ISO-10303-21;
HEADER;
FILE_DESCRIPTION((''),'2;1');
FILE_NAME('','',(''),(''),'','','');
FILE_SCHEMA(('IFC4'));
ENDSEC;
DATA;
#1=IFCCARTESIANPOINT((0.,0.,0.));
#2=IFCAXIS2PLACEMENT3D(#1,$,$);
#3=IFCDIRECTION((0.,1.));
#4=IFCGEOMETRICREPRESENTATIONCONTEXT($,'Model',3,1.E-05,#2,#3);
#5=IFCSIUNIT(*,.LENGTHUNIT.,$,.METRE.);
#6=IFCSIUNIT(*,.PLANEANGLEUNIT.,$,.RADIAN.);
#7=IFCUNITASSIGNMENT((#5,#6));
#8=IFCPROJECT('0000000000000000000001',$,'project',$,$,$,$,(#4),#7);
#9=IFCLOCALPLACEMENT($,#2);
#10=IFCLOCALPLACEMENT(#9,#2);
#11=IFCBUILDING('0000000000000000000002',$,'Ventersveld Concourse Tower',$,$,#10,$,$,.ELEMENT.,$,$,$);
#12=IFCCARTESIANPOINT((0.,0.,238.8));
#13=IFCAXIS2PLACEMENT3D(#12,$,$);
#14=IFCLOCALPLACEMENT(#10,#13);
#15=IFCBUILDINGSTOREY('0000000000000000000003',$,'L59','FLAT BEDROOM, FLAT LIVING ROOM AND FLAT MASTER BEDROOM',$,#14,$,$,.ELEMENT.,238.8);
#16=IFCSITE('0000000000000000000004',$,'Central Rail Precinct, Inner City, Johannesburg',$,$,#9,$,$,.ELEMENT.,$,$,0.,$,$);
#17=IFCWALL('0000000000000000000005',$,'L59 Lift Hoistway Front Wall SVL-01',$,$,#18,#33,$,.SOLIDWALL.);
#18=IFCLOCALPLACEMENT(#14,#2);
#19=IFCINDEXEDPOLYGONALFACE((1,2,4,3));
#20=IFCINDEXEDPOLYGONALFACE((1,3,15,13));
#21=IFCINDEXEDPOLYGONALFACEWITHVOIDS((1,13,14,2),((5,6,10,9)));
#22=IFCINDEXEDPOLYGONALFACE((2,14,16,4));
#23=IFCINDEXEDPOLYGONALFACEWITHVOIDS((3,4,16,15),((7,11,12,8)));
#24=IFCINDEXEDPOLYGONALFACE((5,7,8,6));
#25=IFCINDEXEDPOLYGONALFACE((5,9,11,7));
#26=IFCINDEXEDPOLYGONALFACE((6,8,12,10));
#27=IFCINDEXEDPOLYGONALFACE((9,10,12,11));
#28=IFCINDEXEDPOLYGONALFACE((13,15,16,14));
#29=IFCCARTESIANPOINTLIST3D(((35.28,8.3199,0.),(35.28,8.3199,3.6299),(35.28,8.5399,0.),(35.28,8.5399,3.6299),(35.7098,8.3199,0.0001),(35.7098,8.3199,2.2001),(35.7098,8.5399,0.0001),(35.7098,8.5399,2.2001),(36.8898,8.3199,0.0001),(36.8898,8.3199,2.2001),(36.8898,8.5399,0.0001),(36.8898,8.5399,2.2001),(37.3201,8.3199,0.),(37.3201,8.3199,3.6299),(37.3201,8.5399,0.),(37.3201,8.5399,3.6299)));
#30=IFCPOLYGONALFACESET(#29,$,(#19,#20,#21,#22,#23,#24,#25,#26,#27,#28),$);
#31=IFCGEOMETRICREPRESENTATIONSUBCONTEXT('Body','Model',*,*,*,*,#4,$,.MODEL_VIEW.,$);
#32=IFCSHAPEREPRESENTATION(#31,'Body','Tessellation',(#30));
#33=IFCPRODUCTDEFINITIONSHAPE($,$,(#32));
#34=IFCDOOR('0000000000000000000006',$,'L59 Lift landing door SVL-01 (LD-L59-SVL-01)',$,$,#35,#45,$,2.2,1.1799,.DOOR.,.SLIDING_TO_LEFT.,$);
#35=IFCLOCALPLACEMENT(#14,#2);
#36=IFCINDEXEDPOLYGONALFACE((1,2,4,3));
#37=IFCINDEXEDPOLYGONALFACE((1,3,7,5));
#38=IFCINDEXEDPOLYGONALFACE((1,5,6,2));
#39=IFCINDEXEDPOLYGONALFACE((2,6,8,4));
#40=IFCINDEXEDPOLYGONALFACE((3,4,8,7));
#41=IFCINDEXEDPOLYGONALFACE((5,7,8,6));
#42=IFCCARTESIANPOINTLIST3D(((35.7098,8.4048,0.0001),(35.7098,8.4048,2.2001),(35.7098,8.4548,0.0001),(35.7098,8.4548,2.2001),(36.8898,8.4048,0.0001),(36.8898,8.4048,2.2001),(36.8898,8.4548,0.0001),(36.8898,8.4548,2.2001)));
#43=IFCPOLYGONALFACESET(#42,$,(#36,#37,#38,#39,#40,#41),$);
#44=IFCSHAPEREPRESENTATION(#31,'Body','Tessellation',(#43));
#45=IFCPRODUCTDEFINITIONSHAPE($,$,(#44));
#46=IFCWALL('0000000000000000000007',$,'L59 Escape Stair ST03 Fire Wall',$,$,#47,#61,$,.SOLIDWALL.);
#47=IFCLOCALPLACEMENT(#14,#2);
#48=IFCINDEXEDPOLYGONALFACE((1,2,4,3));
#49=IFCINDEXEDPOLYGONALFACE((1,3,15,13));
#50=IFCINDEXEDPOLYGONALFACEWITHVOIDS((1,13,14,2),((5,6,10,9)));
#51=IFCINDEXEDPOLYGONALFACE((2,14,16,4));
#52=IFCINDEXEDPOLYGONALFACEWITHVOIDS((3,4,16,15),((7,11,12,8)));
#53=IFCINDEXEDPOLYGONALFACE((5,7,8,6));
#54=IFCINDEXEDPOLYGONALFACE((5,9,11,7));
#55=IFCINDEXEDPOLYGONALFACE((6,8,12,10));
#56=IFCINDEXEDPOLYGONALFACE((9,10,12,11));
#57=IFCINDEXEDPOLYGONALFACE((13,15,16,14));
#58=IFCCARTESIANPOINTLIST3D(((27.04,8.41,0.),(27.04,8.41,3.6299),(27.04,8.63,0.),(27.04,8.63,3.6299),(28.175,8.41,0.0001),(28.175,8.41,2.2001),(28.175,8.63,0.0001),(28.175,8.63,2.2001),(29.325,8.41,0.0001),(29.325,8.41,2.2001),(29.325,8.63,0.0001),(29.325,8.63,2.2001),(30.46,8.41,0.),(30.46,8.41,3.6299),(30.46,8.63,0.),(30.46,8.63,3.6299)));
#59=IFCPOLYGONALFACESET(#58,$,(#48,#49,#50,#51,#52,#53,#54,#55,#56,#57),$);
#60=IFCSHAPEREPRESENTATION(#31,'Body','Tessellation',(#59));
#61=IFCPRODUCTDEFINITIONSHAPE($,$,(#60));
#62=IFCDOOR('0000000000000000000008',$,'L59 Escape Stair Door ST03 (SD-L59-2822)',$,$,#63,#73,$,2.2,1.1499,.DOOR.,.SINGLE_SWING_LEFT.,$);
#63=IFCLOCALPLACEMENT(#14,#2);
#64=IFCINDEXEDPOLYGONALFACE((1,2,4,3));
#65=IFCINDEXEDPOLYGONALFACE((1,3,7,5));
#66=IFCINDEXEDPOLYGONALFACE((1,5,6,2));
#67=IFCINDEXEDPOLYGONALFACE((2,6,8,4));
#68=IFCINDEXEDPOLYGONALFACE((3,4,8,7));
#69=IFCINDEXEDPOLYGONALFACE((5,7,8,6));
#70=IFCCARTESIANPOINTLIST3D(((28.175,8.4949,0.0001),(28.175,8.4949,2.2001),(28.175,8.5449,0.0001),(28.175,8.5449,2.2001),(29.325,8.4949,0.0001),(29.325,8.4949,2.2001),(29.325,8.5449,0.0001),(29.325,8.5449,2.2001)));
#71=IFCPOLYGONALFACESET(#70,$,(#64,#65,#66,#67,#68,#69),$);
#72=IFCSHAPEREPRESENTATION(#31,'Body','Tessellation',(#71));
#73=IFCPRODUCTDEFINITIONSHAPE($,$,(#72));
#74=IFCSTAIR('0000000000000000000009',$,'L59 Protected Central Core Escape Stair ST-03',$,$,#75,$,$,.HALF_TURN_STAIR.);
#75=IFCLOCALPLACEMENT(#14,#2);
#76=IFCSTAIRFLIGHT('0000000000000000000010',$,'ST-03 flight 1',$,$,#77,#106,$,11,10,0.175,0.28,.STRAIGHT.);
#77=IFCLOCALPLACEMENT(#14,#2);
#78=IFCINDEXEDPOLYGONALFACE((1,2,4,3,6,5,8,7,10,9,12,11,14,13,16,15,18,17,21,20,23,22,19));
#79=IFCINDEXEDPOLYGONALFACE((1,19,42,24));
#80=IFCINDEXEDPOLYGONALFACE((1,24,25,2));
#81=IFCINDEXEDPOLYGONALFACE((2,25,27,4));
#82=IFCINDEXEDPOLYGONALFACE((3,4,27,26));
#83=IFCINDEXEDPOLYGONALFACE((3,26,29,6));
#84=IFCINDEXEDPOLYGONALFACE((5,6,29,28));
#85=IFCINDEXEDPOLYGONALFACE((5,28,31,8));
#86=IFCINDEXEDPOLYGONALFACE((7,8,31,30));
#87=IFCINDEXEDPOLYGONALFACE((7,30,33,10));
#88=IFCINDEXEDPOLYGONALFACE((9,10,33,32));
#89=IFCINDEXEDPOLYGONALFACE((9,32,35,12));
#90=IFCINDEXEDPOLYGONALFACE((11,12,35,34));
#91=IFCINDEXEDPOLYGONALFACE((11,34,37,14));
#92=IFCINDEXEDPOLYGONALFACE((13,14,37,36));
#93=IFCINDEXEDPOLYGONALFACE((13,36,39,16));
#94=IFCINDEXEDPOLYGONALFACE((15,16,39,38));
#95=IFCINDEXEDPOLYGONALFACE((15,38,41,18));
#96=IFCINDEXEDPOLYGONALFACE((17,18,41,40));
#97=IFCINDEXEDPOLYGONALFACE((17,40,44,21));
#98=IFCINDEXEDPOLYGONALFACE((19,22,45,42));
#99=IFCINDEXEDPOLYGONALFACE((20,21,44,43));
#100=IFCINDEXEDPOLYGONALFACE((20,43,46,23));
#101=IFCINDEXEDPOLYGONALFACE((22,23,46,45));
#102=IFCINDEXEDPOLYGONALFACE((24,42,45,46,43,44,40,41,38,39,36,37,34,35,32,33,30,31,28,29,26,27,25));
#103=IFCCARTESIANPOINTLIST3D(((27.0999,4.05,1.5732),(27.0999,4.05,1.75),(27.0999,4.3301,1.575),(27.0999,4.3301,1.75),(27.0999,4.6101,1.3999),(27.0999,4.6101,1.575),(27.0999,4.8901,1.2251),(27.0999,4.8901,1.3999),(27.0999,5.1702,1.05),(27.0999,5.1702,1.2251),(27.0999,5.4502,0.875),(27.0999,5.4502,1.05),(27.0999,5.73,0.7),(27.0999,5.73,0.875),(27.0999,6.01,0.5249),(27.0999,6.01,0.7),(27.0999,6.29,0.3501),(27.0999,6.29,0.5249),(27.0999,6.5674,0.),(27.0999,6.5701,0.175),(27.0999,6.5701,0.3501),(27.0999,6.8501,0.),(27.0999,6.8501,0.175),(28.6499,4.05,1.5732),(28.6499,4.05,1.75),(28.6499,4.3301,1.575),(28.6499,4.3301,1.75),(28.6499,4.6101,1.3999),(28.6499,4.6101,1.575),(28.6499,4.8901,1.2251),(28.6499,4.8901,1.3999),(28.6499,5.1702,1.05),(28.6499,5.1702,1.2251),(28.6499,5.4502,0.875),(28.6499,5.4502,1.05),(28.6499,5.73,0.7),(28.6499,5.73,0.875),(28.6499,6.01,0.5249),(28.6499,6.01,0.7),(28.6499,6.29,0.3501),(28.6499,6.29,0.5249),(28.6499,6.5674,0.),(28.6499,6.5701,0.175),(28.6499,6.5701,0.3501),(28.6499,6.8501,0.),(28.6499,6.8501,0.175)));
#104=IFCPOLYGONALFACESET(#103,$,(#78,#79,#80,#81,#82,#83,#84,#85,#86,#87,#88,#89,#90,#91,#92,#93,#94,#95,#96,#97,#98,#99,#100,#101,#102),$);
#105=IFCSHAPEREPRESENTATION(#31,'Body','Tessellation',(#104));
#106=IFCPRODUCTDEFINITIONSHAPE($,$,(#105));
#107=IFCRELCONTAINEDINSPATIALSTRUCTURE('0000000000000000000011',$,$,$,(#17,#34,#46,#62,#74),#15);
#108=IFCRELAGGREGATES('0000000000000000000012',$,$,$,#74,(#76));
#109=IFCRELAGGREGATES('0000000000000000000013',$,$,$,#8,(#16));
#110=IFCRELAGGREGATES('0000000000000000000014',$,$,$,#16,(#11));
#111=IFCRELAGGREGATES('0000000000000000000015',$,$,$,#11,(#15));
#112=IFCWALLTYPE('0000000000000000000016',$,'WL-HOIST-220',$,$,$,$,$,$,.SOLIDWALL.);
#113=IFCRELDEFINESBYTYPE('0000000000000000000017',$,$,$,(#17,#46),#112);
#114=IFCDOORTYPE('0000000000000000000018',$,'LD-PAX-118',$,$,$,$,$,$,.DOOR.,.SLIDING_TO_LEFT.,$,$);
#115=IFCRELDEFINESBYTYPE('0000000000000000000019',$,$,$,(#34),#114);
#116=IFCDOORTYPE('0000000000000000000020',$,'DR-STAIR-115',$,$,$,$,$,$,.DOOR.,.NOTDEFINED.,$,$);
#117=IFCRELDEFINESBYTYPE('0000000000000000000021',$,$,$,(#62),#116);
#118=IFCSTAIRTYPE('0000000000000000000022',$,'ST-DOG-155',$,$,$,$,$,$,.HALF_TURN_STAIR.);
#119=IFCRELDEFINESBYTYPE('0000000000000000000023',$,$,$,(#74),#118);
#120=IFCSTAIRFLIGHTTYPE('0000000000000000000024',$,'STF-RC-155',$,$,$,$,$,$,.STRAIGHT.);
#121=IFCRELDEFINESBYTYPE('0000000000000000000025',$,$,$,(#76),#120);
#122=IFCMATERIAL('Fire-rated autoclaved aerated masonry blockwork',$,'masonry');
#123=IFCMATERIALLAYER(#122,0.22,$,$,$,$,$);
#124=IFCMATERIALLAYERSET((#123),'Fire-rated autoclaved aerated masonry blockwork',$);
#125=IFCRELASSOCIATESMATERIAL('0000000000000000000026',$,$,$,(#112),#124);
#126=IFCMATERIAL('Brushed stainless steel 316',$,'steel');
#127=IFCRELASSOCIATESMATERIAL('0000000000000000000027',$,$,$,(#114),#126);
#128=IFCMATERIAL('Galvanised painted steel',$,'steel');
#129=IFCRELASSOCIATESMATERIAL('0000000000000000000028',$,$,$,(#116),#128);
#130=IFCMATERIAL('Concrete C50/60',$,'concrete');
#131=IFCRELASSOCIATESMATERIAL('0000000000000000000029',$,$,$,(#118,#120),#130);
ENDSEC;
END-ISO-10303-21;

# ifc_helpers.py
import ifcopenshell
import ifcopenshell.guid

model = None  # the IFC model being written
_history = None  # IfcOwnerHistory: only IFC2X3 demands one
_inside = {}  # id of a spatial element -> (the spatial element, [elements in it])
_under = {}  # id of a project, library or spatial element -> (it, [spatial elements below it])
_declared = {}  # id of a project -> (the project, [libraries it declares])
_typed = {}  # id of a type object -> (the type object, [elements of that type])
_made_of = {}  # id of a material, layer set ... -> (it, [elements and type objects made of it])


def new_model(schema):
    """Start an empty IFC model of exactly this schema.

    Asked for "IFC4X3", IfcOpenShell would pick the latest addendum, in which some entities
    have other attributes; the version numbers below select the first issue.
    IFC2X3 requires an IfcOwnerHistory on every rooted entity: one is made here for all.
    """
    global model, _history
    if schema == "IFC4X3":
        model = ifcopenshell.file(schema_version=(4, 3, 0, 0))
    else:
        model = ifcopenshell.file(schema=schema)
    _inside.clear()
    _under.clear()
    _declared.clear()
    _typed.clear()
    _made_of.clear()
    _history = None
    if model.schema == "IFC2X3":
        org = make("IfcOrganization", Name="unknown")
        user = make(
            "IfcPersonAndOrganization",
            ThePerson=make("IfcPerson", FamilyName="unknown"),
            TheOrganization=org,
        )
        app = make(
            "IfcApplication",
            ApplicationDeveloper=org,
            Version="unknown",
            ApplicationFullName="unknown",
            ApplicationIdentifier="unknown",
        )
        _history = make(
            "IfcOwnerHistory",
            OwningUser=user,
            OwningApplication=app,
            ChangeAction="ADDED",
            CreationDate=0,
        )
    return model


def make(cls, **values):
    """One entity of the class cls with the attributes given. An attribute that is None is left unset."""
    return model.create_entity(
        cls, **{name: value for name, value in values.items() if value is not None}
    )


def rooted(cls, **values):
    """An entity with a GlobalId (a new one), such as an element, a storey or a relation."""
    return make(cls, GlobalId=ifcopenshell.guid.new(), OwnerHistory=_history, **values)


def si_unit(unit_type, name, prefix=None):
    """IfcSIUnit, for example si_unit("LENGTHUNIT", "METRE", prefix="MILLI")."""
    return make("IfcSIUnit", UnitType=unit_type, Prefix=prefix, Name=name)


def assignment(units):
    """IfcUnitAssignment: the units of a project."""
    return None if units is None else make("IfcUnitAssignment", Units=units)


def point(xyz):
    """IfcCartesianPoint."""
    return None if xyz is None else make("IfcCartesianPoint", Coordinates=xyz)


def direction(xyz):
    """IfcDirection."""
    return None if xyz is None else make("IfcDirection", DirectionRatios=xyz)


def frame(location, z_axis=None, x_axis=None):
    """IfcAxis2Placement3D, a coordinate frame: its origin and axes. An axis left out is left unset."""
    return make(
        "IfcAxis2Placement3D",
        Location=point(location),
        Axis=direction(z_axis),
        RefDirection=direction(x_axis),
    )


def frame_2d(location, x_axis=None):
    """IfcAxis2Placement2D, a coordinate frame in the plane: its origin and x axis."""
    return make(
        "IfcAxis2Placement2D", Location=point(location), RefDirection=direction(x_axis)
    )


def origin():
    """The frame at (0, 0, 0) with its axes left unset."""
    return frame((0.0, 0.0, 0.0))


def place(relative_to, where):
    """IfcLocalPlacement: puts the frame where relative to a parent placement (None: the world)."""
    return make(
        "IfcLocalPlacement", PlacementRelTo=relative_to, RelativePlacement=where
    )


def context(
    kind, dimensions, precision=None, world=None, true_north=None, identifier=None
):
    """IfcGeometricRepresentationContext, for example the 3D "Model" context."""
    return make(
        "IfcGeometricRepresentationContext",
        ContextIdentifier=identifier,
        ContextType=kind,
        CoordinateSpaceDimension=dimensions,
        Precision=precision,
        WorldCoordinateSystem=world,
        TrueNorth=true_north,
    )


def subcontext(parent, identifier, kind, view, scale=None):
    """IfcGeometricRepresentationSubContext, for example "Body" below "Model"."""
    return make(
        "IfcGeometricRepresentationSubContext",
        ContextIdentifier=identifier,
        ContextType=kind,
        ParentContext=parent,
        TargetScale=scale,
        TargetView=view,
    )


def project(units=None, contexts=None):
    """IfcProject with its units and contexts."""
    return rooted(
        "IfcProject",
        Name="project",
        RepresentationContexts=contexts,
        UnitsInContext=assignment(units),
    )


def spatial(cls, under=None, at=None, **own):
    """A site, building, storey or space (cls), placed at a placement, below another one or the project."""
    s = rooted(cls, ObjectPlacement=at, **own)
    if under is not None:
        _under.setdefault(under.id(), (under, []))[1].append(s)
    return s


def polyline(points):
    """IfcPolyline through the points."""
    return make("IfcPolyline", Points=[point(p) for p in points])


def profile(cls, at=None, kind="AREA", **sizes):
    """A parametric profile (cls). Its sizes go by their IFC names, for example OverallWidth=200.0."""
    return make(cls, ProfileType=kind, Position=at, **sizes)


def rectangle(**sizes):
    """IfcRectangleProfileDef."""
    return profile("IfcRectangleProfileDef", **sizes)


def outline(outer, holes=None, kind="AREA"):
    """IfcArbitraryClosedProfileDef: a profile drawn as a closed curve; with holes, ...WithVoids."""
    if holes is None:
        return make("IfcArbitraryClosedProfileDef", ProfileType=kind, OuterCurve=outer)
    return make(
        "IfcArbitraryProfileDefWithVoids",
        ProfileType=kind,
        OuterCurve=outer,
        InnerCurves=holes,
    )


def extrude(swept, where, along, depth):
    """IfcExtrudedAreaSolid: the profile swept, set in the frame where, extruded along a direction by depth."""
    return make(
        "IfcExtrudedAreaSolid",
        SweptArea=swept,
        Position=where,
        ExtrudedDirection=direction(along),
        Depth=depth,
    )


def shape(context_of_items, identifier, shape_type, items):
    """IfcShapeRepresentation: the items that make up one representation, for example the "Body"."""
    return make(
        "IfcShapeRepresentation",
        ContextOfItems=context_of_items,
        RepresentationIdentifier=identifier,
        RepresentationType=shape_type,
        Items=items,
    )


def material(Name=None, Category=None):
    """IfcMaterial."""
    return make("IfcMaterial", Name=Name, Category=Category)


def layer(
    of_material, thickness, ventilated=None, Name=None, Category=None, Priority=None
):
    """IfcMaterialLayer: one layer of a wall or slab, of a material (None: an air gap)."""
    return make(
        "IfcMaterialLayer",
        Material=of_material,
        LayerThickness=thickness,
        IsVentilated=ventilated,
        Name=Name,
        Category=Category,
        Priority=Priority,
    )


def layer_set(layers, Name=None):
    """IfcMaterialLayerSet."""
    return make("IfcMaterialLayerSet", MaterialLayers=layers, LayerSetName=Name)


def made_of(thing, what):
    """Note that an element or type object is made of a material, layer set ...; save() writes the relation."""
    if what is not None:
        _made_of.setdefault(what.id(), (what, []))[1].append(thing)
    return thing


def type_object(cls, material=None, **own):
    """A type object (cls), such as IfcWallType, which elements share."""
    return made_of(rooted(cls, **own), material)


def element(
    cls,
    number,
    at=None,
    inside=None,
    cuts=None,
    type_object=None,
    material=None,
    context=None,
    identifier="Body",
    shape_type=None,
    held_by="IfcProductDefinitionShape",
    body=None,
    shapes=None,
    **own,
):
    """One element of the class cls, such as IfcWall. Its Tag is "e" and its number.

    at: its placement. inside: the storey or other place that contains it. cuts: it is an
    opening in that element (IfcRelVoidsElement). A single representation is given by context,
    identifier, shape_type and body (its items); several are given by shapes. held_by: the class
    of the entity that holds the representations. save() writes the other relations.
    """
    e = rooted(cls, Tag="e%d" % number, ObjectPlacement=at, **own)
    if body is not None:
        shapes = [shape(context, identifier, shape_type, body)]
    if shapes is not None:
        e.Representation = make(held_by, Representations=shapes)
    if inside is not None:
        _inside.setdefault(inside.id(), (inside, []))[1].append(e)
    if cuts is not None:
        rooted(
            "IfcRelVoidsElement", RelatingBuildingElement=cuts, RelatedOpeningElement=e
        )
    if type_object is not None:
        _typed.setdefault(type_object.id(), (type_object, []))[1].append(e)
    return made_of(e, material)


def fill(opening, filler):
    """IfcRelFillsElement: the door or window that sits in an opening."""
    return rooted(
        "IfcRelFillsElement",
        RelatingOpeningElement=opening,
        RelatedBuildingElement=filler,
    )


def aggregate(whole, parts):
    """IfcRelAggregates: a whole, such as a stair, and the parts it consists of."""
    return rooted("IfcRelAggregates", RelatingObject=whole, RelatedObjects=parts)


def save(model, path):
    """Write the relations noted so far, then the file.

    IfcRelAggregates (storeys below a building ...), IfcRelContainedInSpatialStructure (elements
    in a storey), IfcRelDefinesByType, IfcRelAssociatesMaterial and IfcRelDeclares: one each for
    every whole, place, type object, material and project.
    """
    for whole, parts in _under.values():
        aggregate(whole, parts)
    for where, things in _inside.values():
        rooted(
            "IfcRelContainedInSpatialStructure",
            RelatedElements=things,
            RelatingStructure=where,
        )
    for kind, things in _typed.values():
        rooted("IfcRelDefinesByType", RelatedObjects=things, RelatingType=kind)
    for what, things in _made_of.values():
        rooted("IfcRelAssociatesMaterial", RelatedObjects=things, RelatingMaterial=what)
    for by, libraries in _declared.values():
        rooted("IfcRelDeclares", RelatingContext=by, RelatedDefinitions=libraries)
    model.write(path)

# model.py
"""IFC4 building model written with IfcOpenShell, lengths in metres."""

from ifc_helpers import new_model, si_unit, direction, frame, frame_2d, origin, place, context, subcontext, project, spatial, polyline, rectangle, outline, extrude, material, layer, layer_set, type_object, element, fill, aggregate, save


model = new_model("IFC4")

# Units and contexts
model_context = context("Model", 3, precision=1e-05, world=origin(), true_north=direction((0.0, 1.0)))
body_context = subcontext(model_context, "Body", "Model", "MODEL_VIEW")
ifc_project = project(units=[si_unit("LENGTHUNIT", "METRE"), si_unit("PLANEANGLEUNIT", "RADIAN")], contexts=[model_context])

# Site, building, storey
site_placement = place(None, origin())
site = spatial("IfcSite", under=ifc_project, at=site_placement, Name="Central Rail Precinct, Inner City, Johannesburg", CompositionType="ELEMENT", RefElevation=0.0)
building_placement = place(site_placement, origin())
building = spatial("IfcBuilding", under=site, at=building_placement, Name="Ventersveld Concourse Tower", CompositionType="ELEMENT")
storey_placement = place(building_placement, frame((0.0, 0.0, 238.8)))
storey = spatial("IfcBuildingStorey", under=building, at=storey_placement, Name="L59", Description="FLAT BEDROOM, FLAT LIVING ROOM AND FLAT MASTER BEDROOM", CompositionType="ELEMENT", Elevation=238.8)

# Shared definitions
ifc_material_1 = material(Name="Concrete C50/60", Category="concrete")

# Shared definitions
ifc_material_2 = material(Name="Fire-rated autoclaved aerated masonry blockwork", Category="masonry")

# Shared definitions
ifc_layer_1 = layer(ifc_material_2, 0.22)
ifc_layer_set_1 = layer_set([ifc_layer_1], Name="Fire-rated autoclaved aerated masonry blockwork")
wall_type_1 = type_object("IfcWallType", Name="WL-HOIST-220", PredefinedType="SOLIDWALL", material=ifc_layer_set_1)

# Walls, openings, doors
wall_1_placement = place(storey_placement, frame((35.28, 8.4299, 0.0), z_axis=(0.0, 0.0, 1.0), x_axis=(1.0, 0.0, 0.0)))
wall_1 = element("IfcWall", 1, at=wall_1_placement, inside=storey, type_object=wall_type_1, Name="L59 Lift Hoistway Front Wall SVL-01", PredefinedType="SOLIDWALL", context=body_context, shape_type="SweptSolid", body=[
    extrude(rectangle(XDim=2.04, YDim=0.22, at=frame_2d((1.02, 0.0))), origin(), (0.0, 0.0, 1.0), 3.6299),
])
opening_1_placement = place(wall_1_placement, frame((0.4299, 0.0, 0.0)))
opening_1 = element("IfcOpeningElement", 2, at=opening_1_placement, cuts=wall_1, PredefinedType="OPENING", context=body_context, shape_type="SweptSolid", body=[
    extrude(rectangle(XDim=1.1799, YDim=2.2, at=frame_2d((0.5898, 1.1001))), frame((0.0, 0.1201, 0.0), z_axis=(0.0, -1.0, 0.0), x_axis=(1.0, 0.0, 0.0)), (0.0, 0.0, 1.0), 0.24),
])
ifc_material_3 = material(Name="Brushed stainless steel 316", Category="steel")
door_type_1 = type_object("IfcDoorType", Name="LD-PAX-118", OperationType="SLIDING_TO_LEFT", PredefinedType="DOOR", material=ifc_material_3)
door_1_placement = place(opening_1_placement, origin())
door_1 = element("IfcDoor", 3, at=door_1_placement, inside=storey, type_object=door_type_1, Name="L59 Lift landing door SVL-01 (LD-L59-SVL-01)", OperationType="SLIDING_TO_LEFT", OverallHeight=2.2, OverallWidth=1.1799, PredefinedType="DOOR", context=body_context, shape_type="SweptSolid", body=[
    extrude(rectangle(XDim=1.1799, YDim=2.2, at=frame_2d((0.5898, 1.1001))), frame((0.0, 0.0249, 0.0), z_axis=(0.0, -1.0, 0.0), x_axis=(1.0, 0.0, 0.0)), (0.0, 0.0, 1.0), 0.05),
])
fill(opening_1, door_1)
wall_2_placement = place(storey_placement, frame((27.04, 8.52, 0.0), z_axis=(0.0, 0.0, 1.0), x_axis=(1.0, 0.0, 0.0)))
wall_2 = element("IfcWall", 4, at=wall_2_placement, inside=storey, type_object=wall_type_1, Name="L59 Escape Stair ST03 Fire Wall", PredefinedType="SOLIDWALL", context=body_context, shape_type="SweptSolid", body=[
    extrude(rectangle(XDim=3.4199, YDim=0.22, at=frame_2d((1.71, 0.0))), origin(), (0.0, 0.0, 1.0), 3.6299),
])
opening_2_placement = place(wall_2_placement, frame((1.135, 0.0, 0.0)))
opening_2 = element("IfcOpeningElement", 5, at=opening_2_placement, cuts=wall_2, PredefinedType="OPENING", context=body_context, shape_type="SweptSolid", body=[
    extrude(rectangle(XDim=1.1499, YDim=2.2, at=frame_2d((0.575, 1.1001))), frame((0.0, 0.1201, 0.0), z_axis=(0.0, -1.0, 0.0), x_axis=(1.0, 0.0, 0.0)), (0.0, 0.0, 1.0), 0.24),
])
ifc_material_4 = material(Name="Galvanised painted steel", Category="steel")
door_type_2 = type_object("IfcDoorType", Name="DR-STAIR-115", OperationType="NOTDEFINED", PredefinedType="DOOR", material=ifc_material_4)
door_2_placement = place(opening_2_placement, origin())
door_2 = element("IfcDoor", 6, at=door_2_placement, inside=storey, type_object=door_type_2, Name="L59 Escape Stair Door ST03 (SD-L59-2822)", OperationType="SINGLE_SWING_LEFT", OverallHeight=2.2, OverallWidth=1.1499, PredefinedType="DOOR", context=body_context, shape_type="SweptSolid", body=[
    extrude(rectangle(XDim=1.1499, YDim=2.2, at=frame_2d((0.575, 1.1001))), frame((0.0, 0.0249, 0.0), z_axis=(0.0, -1.0, 0.0), x_axis=(1.0, 0.0, 0.0)), (0.0, 0.0, 1.0), 0.05),
])
fill(opening_2, door_2)

# Stair, stair flight
stair_type = type_object("IfcStairType", Name="ST-DOG-155", PredefinedType="HALF_TURN_STAIR", material=ifc_material_1)
stair_placement = place(storey_placement, origin())
stair = element("IfcStair", 7, at=stair_placement, inside=storey, type_object=stair_type, Name="L59 Protected Central Core Escape Stair ST-03", PredefinedType="HALF_TURN_STAIR")
stair_flight_type = type_object("IfcStairFlightType", Name="STF-RC-155", PredefinedType="STRAIGHT", material=ifc_material_1)
stair_flight_placement = place(storey_placement, frame((27.875, 6.8501, 0.0), z_axis=(0.0, 0.0, 1.0), x_axis=(0.0, -1.0, 0.0)))
stair_flight = element("IfcStairFlight", 8, at=stair_flight_placement, type_object=stair_flight_type, Name="ST-03 flight 1", NumberOfRisers=11, NumberOfTreads=10, PredefinedType="STRAIGHT", RiserHeight=0.175, TreadLength=0.28, context=body_context, shape_type="SweptSolid", body=[
    extrude(outline(polyline([(0.0, 0.0), (0.0, 0.175), (0.28, 0.175), (0.28, 0.3501), (0.5601, 0.3501), (0.5601, 0.5249), (0.8401, 0.5249), (0.8401, 0.7), (1.1201, 0.7), (1.1201, 0.875), (1.3999, 0.875), (1.3999, 1.05), (1.6799, 1.05), (1.6799, 1.2251), (1.96, 1.2251), (1.96, 1.3999), (2.24, 1.3999), (2.24, 1.575), (2.52, 1.575), (2.52, 1.75), (2.8, 1.75), (2.8, 1.925), (2.8, 1.5732), (0.2827, 0.0), (0.0, 0.0)])), frame((0.0, 0.7749, 0.0), z_axis=(0.0, -1.0, 0.0), x_axis=(1.0, 0.0, 0.0)), (0.0, 0.0, 1.0), 1.55),
])
aggregate(stair, [stair_flight])

save(model, "model.ifc")
